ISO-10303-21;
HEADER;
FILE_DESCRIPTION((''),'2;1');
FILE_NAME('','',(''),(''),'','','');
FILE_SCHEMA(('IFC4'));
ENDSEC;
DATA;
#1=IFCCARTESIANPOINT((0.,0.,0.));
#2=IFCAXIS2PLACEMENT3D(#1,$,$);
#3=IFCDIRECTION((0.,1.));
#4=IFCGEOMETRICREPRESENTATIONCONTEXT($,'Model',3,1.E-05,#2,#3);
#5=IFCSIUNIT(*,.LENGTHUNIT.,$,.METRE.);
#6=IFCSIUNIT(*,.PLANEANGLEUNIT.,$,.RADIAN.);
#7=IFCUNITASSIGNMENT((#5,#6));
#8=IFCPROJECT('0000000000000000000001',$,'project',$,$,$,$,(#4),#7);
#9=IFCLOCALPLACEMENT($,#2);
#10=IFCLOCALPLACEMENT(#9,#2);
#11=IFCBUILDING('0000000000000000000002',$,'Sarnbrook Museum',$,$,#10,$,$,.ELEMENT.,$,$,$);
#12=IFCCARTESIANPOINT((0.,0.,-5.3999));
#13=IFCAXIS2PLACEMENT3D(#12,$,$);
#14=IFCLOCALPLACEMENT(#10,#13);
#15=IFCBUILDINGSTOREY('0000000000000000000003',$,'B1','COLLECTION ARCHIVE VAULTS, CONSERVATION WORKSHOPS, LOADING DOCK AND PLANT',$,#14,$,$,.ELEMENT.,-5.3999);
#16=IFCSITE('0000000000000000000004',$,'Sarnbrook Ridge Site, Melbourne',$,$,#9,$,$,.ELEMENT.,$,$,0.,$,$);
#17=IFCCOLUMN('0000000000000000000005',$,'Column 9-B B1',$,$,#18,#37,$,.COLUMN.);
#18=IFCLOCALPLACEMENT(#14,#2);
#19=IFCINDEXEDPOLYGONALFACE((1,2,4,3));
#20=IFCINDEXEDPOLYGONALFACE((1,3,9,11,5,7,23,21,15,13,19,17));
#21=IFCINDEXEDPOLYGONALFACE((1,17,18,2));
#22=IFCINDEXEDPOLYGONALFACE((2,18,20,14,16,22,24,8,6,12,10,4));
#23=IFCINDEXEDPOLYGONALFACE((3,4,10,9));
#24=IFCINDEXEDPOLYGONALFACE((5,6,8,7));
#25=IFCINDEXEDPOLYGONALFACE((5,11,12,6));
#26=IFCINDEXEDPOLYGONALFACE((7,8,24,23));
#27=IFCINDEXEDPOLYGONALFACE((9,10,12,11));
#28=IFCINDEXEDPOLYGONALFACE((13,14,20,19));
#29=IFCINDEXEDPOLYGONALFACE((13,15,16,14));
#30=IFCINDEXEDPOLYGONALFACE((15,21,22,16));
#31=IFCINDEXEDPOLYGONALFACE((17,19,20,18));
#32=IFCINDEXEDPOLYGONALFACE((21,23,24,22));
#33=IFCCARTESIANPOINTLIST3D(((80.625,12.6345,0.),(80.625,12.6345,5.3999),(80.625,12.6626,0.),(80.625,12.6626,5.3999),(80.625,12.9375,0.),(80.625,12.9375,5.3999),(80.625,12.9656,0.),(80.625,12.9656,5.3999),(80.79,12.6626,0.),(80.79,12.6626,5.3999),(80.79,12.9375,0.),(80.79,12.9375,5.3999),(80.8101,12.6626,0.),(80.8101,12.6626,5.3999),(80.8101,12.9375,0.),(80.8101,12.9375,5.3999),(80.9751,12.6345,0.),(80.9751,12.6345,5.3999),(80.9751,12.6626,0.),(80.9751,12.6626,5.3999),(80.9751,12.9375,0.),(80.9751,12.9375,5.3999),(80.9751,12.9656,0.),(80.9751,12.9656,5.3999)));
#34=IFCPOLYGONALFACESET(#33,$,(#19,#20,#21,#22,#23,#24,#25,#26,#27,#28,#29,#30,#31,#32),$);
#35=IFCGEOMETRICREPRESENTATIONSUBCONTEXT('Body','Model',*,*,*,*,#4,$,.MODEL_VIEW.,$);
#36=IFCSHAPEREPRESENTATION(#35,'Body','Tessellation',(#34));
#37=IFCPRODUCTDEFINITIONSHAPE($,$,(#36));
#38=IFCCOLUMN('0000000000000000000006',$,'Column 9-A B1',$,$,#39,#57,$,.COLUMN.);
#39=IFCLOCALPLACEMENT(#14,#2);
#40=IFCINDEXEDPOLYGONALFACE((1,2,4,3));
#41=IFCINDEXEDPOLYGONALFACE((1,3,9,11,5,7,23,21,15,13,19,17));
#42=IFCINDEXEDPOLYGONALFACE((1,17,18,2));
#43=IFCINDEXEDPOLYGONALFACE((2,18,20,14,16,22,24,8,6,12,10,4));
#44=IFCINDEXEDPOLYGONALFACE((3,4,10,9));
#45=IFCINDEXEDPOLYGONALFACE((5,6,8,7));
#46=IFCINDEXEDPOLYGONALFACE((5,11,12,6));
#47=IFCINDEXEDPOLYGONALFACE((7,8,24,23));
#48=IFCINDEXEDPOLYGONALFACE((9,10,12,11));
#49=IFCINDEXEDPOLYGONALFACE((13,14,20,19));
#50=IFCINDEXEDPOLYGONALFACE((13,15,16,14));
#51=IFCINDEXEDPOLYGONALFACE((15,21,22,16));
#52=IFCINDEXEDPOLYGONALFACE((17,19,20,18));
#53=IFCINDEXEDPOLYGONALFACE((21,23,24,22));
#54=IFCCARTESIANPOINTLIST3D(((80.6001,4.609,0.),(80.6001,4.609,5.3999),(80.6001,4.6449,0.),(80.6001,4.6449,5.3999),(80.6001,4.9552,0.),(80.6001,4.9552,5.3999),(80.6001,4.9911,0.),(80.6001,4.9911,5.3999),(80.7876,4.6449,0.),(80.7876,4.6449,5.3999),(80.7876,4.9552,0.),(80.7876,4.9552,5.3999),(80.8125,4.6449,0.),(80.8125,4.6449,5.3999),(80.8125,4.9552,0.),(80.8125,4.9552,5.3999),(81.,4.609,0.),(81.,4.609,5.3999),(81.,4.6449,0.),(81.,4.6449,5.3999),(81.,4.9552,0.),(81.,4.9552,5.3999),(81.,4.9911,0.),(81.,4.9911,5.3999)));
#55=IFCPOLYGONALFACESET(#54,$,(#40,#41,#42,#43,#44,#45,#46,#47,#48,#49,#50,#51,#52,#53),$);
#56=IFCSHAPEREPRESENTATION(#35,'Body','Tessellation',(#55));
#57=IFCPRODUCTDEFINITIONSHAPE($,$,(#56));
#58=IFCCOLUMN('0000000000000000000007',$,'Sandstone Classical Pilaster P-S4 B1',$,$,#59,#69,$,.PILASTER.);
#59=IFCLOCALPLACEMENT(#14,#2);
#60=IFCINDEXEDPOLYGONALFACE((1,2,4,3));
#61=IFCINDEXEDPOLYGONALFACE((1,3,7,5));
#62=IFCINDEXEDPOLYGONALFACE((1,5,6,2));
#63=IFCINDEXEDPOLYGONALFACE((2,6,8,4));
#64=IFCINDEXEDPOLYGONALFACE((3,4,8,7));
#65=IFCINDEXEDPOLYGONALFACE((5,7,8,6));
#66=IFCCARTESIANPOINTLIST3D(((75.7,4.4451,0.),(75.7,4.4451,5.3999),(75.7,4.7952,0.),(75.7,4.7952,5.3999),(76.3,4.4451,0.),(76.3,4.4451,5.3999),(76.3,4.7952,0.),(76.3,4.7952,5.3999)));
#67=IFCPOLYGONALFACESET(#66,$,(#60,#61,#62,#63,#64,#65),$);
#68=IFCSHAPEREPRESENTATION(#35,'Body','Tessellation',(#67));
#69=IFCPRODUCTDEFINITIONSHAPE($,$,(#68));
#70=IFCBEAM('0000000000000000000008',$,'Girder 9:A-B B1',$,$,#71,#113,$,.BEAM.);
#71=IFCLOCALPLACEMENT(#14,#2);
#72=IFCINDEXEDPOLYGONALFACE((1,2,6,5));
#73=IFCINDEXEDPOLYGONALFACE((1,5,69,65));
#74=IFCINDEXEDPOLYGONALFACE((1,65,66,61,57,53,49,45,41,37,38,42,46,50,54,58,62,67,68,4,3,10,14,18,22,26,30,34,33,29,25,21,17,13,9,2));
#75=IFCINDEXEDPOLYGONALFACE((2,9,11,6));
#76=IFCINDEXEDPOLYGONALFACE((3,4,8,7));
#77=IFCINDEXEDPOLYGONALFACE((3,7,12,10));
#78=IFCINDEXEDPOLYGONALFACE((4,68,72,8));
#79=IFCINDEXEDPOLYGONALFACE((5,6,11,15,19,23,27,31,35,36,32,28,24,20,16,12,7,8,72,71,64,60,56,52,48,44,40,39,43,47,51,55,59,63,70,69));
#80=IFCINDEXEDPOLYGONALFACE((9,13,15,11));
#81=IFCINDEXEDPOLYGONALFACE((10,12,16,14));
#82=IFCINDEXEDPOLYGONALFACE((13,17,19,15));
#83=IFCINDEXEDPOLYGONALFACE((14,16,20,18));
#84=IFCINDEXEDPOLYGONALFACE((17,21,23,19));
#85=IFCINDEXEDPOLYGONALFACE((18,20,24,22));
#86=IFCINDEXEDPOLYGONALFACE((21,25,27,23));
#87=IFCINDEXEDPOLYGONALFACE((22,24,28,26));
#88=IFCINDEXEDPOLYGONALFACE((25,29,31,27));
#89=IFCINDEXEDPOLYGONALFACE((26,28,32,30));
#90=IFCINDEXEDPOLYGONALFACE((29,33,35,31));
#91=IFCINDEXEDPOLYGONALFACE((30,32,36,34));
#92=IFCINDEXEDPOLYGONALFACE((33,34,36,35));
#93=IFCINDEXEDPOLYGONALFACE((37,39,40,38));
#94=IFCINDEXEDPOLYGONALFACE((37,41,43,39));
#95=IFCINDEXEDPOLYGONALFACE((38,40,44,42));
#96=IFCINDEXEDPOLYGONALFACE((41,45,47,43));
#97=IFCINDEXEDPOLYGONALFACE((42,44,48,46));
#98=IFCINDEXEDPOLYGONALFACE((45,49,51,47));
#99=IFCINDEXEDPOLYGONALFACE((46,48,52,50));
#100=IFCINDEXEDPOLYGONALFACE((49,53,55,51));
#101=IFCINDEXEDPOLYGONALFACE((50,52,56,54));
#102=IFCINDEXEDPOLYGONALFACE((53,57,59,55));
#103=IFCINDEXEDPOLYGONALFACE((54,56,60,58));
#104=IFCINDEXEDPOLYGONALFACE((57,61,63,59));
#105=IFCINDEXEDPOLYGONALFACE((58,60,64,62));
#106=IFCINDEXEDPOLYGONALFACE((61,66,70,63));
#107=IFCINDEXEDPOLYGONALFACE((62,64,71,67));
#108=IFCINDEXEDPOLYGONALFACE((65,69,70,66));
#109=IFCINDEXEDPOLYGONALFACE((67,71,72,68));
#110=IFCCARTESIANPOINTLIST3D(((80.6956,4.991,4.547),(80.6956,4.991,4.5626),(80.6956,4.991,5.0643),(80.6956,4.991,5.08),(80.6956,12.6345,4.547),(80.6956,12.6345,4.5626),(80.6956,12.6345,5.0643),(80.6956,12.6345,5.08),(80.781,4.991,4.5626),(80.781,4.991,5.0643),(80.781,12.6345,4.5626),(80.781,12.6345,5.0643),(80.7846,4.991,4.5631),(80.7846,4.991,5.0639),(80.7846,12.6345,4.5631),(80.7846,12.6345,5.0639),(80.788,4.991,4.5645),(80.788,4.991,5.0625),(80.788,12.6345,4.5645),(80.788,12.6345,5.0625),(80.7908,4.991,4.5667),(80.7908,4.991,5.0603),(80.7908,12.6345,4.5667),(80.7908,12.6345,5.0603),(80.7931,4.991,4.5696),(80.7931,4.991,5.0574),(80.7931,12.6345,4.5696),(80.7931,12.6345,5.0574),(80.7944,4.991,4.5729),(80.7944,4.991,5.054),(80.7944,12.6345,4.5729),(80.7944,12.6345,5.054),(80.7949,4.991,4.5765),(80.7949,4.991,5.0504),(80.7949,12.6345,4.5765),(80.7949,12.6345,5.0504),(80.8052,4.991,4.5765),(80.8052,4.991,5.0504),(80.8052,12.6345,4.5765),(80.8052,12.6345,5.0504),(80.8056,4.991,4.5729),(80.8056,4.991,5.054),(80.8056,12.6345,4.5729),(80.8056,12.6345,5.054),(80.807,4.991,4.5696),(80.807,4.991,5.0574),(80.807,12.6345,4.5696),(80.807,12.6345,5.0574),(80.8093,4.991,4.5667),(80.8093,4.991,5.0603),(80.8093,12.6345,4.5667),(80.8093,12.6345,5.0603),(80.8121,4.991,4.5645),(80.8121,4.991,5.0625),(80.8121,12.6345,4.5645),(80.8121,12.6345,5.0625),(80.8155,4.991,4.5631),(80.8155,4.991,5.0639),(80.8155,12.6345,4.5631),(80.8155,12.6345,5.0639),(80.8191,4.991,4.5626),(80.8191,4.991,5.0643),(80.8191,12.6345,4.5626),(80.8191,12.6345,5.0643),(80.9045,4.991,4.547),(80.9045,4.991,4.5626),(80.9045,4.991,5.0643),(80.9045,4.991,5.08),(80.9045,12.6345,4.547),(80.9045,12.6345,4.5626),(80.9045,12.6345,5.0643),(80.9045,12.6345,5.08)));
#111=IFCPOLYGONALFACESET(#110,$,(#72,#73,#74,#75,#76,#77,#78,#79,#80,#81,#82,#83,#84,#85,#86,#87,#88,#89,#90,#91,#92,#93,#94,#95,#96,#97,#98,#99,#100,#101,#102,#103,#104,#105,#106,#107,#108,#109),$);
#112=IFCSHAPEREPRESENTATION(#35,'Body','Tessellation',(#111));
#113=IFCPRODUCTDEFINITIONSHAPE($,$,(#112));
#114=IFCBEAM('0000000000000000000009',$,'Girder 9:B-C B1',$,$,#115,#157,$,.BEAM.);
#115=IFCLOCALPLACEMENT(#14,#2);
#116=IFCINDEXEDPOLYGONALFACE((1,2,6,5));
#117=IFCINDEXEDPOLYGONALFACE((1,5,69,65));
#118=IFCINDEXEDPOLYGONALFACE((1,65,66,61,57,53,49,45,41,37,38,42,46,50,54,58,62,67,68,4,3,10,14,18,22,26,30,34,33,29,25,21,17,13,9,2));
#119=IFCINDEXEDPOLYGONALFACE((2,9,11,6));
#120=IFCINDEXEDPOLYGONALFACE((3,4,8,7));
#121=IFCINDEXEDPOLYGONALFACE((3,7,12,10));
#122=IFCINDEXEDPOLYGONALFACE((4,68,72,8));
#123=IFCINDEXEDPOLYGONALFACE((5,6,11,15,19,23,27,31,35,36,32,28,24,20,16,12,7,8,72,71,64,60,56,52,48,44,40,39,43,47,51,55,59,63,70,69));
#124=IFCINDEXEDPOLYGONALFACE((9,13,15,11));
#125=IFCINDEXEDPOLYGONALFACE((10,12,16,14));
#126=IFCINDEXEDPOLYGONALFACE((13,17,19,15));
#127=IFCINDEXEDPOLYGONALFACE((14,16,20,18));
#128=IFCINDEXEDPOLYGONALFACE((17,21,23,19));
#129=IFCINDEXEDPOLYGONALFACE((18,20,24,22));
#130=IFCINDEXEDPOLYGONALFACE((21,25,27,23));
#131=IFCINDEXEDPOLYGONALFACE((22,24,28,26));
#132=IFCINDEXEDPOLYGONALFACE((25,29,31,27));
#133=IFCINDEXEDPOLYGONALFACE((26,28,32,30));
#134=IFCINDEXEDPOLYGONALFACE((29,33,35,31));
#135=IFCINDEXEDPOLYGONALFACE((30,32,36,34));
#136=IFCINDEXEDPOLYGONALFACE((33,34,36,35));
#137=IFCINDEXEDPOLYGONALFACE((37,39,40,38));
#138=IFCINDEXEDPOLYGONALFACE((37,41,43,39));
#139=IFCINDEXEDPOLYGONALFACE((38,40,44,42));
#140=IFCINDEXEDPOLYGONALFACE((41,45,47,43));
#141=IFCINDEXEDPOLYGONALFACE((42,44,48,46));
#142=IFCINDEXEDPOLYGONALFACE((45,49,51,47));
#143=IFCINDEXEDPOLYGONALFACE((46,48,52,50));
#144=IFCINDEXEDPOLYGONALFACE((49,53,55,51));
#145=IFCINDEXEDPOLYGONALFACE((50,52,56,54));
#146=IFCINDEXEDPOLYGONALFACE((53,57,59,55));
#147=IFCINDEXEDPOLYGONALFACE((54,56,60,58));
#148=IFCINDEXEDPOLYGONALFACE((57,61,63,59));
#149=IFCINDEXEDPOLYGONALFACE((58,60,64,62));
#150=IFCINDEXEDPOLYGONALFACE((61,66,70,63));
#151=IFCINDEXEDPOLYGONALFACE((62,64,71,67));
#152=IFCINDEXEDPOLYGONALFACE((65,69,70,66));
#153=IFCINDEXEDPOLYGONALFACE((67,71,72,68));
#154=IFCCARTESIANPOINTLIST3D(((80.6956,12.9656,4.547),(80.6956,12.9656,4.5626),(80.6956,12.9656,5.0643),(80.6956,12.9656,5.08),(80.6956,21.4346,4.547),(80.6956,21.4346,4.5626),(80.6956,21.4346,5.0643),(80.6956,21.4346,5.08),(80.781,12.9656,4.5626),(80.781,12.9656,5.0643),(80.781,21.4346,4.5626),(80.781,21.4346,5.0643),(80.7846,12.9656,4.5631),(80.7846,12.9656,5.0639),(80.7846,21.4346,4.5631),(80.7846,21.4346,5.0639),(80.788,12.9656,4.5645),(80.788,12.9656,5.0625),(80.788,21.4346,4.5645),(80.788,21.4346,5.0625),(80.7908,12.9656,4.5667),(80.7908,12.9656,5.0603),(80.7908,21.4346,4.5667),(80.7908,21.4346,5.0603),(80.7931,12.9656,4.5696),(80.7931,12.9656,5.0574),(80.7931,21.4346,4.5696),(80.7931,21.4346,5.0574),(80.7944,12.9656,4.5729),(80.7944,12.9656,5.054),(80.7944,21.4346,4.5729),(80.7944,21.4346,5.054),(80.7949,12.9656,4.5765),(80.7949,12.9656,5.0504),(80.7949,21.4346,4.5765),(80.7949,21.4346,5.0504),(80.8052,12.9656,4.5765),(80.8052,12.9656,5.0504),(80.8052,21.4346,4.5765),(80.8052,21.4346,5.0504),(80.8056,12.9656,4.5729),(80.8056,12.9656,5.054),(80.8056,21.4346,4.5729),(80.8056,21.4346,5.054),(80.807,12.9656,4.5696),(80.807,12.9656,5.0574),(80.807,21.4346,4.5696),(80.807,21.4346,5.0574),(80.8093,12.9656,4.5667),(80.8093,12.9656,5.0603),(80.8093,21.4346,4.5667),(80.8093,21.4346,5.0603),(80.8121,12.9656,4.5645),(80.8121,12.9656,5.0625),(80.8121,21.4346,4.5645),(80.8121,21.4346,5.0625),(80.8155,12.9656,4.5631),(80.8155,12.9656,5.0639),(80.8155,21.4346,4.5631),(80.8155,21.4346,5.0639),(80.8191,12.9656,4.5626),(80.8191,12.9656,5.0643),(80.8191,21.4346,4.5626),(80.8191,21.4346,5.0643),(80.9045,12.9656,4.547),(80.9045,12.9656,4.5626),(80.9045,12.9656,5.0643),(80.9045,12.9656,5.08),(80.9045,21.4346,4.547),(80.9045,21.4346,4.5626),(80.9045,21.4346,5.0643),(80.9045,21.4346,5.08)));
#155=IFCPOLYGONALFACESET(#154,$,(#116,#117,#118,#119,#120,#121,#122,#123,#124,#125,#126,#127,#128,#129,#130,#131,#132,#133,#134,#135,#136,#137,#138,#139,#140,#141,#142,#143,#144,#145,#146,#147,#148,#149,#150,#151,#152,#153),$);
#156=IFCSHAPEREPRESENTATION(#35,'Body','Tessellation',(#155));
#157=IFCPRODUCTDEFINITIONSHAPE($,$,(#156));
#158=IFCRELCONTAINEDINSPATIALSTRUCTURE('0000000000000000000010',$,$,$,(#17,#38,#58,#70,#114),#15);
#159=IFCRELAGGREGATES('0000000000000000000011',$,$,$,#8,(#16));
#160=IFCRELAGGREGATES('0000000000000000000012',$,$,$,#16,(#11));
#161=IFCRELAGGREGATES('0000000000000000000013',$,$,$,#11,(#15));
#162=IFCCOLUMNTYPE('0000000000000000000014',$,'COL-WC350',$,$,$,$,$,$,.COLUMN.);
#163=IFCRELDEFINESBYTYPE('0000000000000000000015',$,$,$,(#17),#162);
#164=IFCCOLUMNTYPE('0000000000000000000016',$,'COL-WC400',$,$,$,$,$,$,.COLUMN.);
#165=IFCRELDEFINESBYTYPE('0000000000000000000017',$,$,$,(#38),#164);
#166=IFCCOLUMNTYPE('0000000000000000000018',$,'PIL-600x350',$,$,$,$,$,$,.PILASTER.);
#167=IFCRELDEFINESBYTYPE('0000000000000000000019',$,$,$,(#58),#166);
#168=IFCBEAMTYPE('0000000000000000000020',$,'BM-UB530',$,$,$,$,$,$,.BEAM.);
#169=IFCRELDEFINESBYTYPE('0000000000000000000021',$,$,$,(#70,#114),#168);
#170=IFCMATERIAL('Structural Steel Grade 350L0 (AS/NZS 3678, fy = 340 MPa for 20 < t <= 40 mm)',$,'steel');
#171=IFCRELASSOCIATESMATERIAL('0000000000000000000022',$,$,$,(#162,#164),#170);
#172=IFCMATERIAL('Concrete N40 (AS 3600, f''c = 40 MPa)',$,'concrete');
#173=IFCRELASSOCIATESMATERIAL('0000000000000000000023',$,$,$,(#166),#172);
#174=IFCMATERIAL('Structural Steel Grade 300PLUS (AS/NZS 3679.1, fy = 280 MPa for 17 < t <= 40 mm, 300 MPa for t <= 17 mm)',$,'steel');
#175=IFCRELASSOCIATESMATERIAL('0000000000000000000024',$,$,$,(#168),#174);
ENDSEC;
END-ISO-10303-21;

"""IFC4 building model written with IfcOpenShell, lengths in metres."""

from ifc_helpers import new_model, si_unit, direction, frame, origin, origin_2d, place, context, subcontext, project, spatial, rectangle, i_section, extrude, material, material_profile, profile_set, type_object, element, save


model = new_model("IFC4")

# Units and contexts
model_context = context("Model", 3, precision=1e-05, world=origin(), true_north=direction((0.0, 1.0)))
body_context = subcontext(model_context, "Body", "Model", "MODEL_VIEW")
ifc_project = project(units=[si_unit("LENGTHUNIT", "METRE"), si_unit("PLANEANGLEUNIT", "RADIAN")], contexts=[model_context])

# Site, building, storey
site_placement = place(None, origin())
site = spatial("IfcSite", under=ifc_project, at=site_placement, Name="Sarnbrook Ridge Site, Melbourne", CompositionType="ELEMENT", RefElevation=0.0)
building_placement = place(site_placement, origin())
building = spatial("IfcBuilding", under=site, at=building_placement, Name="Sarnbrook Museum", CompositionType="ELEMENT")
storey_placement = place(building_placement, frame((0.0, 0.0, -5.3999)))
storey = spatial("IfcBuildingStorey", under=building, at=storey_placement, Name="B1", Description="COLLECTION ARCHIVE VAULTS, CONSERVATION WORKSHOPS, LOADING DOCK AND PLANT", CompositionType="ELEMENT", Elevation=-5.3999)

# Shared definitions
ifc_material_1 = material(Name="Concrete N40 (AS 3600, f'c = 40 MPa)", Category="concrete")

# Columns
ifc_material_2 = material(Name="Structural Steel Grade 350L0 (AS/NZS 3678, fy = 340 MPa for 20 < t <= 40 mm)", Category="steel")
ifc_material_profile_1 = material_profile(ifc_material_2, i_section(OverallWidth=0.3501, OverallDepth=0.3311, WebThickness=0.02, FlangeThickness=0.0281, at=origin_2d()), Name="350WC197")
ifc_profile_set_1 = profile_set([ifc_material_profile_1], Name="Structural Steel Grade 350L0 (AS/NZS 3678, fy = 340 MPa for 20 < t <= 40 mm)")
column_type_1 = type_object("IfcColumnType", Name="COL-WC350", PredefinedType="COLUMN", material=ifc_profile_set_1)
column_1_placement = place(storey_placement, frame((80.8, 12.8, 0.0), z_axis=(0.0, 0.0, 1.0), x_axis=(1.0, 0.0, 0.0)))
element("IfcColumn", 1, at=column_1_placement, inside=storey, type_object=column_type_1, Name="Column 9-B B1", PredefinedType="COLUMN", context=body_context, shape_type="SweptSolid", body=[
    extrude(i_section(OverallWidth=0.3501, OverallDepth=0.3311, WebThickness=0.02, FlangeThickness=0.0281, at=origin_2d()), origin(), (0.0, 0.0, 1.0), 5.3999),
])
ifc_material_profile_2 = material_profile(ifc_material_2, i_section(OverallWidth=0.3999, OverallDepth=0.3821, WebThickness=0.0249, FlangeThickness=0.0359, at=origin_2d()), Name="400WC270")
ifc_profile_set_2 = profile_set([ifc_material_profile_2], Name="Structural Steel Grade 350L0 (AS/NZS 3678, fy = 340 MPa for 20 < t <= 40 mm)")
column_type_2 = type_object("IfcColumnType", Name="COL-WC400", PredefinedType="COLUMN", material=ifc_profile_set_2)
column_2_placement = place(storey_placement, frame((80.8, 4.8, 0.0), z_axis=(0.0, 0.0, 1.0), x_axis=(1.0, 0.0, 0.0)))
element("IfcColumn", 2, at=column_2_placement, inside=storey, type_object=column_type_2, Name="Column 9-A B1", PredefinedType="COLUMN", context=body_context, shape_type="SweptSolid", body=[
    extrude(i_section(OverallWidth=0.3999, OverallDepth=0.3821, WebThickness=0.0249, FlangeThickness=0.0359, at=origin_2d()), origin(), (0.0, 0.0, 1.0), 5.3999),
])
ifc_material_profile_3 = material_profile(ifc_material_1, rectangle(XDim=0.6001, YDim=0.3501, at=origin_2d()), Name="PILASTER 600x350")
ifc_profile_set_3 = profile_set([ifc_material_profile_3], Name="Concrete N40 (AS 3600, f'c = 40 MPa)")
column_type_3 = type_object("IfcColumnType", Name="PIL-600x350", PredefinedType="PILASTER", material=ifc_profile_set_3)
column_3_placement = place(storey_placement, frame((76.0, 4.6201, 0.0), z_axis=(0.0, 0.0, 1.0), x_axis=(1.0, 0.0, 0.0)))
element("IfcColumn", 3, at=column_3_placement, inside=storey, type_object=column_type_3, Name="Sandstone Classical Pilaster P-S4 B1", PredefinedType="PILASTER", context=body_context, shape_type="SweptSolid", body=[
    extrude(rectangle(XDim=0.6001, YDim=0.3501, at=origin_2d()), origin(), (0.0, 0.0, 1.0), 5.3999),
])

# Beams
ifc_material_3 = material(Name="Structural Steel Grade 300PLUS (AS/NZS 3679.1, fy = 280 MPa for 17 < t <= 40 mm, 300 MPa for t <= 17 mm)", Category="steel")
ifc_material_profile_4 = material_profile(ifc_material_3, i_section(OverallWidth=0.209, OverallDepth=0.533, WebThickness=0.0103, FlangeThickness=0.0156, FilletRadius=0.0139, at=origin_2d()), Name="530UB92.4")
ifc_profile_set_4 = profile_set([ifc_material_profile_4], Name="Structural Steel Grade 300PLUS (AS/NZS 3679.1, fy = 280 MPa for 17 < t <= 40 mm, 300 MPa for t <= 17 mm)")
beam_type_1 = type_object("IfcBeamType", Name="BM-UB530", PredefinedType="BEAM", material=ifc_profile_set_4)
beam_1_placement = place(storey_placement, frame((80.8, 4.991, 4.8135), z_axis=(0.0, 1.0, 0.0), x_axis=(-1.0, 0.0, 0.0)))
element("IfcBeam", 4, at=beam_1_placement, inside=storey, type_object=beam_type_1, Name="Girder 9:A-B B1", PredefinedType="BEAM", context=body_context, shape_type="SweptSolid", body=[
    extrude(i_section(OverallWidth=0.209, OverallDepth=0.533, WebThickness=0.0103, FlangeThickness=0.0156, FilletRadius=0.0139, at=origin_2d()), origin(), (0.0, 0.0, 1.0), 7.6436),
])
beam_2_placement = place(storey_placement, frame((80.8, 12.9656, 4.8135), z_axis=(0.0, 1.0, 0.0), x_axis=(-1.0, 0.0, 0.0)))
element("IfcBeam", 5, at=beam_2_placement, inside=storey, type_object=beam_type_1, Name="Girder 9:B-C B1", PredefinedType="BEAM", context=body_context, shape_type="SweptSolid", body=[
    extrude(i_section(OverallWidth=0.209, OverallDepth=0.533, WebThickness=0.0103, FlangeThickness=0.0156, FilletRadius=0.0139, at=origin_2d()), origin(), (0.0, 0.0, 1.0), 8.469),
])

save(model, "model.ifc")
